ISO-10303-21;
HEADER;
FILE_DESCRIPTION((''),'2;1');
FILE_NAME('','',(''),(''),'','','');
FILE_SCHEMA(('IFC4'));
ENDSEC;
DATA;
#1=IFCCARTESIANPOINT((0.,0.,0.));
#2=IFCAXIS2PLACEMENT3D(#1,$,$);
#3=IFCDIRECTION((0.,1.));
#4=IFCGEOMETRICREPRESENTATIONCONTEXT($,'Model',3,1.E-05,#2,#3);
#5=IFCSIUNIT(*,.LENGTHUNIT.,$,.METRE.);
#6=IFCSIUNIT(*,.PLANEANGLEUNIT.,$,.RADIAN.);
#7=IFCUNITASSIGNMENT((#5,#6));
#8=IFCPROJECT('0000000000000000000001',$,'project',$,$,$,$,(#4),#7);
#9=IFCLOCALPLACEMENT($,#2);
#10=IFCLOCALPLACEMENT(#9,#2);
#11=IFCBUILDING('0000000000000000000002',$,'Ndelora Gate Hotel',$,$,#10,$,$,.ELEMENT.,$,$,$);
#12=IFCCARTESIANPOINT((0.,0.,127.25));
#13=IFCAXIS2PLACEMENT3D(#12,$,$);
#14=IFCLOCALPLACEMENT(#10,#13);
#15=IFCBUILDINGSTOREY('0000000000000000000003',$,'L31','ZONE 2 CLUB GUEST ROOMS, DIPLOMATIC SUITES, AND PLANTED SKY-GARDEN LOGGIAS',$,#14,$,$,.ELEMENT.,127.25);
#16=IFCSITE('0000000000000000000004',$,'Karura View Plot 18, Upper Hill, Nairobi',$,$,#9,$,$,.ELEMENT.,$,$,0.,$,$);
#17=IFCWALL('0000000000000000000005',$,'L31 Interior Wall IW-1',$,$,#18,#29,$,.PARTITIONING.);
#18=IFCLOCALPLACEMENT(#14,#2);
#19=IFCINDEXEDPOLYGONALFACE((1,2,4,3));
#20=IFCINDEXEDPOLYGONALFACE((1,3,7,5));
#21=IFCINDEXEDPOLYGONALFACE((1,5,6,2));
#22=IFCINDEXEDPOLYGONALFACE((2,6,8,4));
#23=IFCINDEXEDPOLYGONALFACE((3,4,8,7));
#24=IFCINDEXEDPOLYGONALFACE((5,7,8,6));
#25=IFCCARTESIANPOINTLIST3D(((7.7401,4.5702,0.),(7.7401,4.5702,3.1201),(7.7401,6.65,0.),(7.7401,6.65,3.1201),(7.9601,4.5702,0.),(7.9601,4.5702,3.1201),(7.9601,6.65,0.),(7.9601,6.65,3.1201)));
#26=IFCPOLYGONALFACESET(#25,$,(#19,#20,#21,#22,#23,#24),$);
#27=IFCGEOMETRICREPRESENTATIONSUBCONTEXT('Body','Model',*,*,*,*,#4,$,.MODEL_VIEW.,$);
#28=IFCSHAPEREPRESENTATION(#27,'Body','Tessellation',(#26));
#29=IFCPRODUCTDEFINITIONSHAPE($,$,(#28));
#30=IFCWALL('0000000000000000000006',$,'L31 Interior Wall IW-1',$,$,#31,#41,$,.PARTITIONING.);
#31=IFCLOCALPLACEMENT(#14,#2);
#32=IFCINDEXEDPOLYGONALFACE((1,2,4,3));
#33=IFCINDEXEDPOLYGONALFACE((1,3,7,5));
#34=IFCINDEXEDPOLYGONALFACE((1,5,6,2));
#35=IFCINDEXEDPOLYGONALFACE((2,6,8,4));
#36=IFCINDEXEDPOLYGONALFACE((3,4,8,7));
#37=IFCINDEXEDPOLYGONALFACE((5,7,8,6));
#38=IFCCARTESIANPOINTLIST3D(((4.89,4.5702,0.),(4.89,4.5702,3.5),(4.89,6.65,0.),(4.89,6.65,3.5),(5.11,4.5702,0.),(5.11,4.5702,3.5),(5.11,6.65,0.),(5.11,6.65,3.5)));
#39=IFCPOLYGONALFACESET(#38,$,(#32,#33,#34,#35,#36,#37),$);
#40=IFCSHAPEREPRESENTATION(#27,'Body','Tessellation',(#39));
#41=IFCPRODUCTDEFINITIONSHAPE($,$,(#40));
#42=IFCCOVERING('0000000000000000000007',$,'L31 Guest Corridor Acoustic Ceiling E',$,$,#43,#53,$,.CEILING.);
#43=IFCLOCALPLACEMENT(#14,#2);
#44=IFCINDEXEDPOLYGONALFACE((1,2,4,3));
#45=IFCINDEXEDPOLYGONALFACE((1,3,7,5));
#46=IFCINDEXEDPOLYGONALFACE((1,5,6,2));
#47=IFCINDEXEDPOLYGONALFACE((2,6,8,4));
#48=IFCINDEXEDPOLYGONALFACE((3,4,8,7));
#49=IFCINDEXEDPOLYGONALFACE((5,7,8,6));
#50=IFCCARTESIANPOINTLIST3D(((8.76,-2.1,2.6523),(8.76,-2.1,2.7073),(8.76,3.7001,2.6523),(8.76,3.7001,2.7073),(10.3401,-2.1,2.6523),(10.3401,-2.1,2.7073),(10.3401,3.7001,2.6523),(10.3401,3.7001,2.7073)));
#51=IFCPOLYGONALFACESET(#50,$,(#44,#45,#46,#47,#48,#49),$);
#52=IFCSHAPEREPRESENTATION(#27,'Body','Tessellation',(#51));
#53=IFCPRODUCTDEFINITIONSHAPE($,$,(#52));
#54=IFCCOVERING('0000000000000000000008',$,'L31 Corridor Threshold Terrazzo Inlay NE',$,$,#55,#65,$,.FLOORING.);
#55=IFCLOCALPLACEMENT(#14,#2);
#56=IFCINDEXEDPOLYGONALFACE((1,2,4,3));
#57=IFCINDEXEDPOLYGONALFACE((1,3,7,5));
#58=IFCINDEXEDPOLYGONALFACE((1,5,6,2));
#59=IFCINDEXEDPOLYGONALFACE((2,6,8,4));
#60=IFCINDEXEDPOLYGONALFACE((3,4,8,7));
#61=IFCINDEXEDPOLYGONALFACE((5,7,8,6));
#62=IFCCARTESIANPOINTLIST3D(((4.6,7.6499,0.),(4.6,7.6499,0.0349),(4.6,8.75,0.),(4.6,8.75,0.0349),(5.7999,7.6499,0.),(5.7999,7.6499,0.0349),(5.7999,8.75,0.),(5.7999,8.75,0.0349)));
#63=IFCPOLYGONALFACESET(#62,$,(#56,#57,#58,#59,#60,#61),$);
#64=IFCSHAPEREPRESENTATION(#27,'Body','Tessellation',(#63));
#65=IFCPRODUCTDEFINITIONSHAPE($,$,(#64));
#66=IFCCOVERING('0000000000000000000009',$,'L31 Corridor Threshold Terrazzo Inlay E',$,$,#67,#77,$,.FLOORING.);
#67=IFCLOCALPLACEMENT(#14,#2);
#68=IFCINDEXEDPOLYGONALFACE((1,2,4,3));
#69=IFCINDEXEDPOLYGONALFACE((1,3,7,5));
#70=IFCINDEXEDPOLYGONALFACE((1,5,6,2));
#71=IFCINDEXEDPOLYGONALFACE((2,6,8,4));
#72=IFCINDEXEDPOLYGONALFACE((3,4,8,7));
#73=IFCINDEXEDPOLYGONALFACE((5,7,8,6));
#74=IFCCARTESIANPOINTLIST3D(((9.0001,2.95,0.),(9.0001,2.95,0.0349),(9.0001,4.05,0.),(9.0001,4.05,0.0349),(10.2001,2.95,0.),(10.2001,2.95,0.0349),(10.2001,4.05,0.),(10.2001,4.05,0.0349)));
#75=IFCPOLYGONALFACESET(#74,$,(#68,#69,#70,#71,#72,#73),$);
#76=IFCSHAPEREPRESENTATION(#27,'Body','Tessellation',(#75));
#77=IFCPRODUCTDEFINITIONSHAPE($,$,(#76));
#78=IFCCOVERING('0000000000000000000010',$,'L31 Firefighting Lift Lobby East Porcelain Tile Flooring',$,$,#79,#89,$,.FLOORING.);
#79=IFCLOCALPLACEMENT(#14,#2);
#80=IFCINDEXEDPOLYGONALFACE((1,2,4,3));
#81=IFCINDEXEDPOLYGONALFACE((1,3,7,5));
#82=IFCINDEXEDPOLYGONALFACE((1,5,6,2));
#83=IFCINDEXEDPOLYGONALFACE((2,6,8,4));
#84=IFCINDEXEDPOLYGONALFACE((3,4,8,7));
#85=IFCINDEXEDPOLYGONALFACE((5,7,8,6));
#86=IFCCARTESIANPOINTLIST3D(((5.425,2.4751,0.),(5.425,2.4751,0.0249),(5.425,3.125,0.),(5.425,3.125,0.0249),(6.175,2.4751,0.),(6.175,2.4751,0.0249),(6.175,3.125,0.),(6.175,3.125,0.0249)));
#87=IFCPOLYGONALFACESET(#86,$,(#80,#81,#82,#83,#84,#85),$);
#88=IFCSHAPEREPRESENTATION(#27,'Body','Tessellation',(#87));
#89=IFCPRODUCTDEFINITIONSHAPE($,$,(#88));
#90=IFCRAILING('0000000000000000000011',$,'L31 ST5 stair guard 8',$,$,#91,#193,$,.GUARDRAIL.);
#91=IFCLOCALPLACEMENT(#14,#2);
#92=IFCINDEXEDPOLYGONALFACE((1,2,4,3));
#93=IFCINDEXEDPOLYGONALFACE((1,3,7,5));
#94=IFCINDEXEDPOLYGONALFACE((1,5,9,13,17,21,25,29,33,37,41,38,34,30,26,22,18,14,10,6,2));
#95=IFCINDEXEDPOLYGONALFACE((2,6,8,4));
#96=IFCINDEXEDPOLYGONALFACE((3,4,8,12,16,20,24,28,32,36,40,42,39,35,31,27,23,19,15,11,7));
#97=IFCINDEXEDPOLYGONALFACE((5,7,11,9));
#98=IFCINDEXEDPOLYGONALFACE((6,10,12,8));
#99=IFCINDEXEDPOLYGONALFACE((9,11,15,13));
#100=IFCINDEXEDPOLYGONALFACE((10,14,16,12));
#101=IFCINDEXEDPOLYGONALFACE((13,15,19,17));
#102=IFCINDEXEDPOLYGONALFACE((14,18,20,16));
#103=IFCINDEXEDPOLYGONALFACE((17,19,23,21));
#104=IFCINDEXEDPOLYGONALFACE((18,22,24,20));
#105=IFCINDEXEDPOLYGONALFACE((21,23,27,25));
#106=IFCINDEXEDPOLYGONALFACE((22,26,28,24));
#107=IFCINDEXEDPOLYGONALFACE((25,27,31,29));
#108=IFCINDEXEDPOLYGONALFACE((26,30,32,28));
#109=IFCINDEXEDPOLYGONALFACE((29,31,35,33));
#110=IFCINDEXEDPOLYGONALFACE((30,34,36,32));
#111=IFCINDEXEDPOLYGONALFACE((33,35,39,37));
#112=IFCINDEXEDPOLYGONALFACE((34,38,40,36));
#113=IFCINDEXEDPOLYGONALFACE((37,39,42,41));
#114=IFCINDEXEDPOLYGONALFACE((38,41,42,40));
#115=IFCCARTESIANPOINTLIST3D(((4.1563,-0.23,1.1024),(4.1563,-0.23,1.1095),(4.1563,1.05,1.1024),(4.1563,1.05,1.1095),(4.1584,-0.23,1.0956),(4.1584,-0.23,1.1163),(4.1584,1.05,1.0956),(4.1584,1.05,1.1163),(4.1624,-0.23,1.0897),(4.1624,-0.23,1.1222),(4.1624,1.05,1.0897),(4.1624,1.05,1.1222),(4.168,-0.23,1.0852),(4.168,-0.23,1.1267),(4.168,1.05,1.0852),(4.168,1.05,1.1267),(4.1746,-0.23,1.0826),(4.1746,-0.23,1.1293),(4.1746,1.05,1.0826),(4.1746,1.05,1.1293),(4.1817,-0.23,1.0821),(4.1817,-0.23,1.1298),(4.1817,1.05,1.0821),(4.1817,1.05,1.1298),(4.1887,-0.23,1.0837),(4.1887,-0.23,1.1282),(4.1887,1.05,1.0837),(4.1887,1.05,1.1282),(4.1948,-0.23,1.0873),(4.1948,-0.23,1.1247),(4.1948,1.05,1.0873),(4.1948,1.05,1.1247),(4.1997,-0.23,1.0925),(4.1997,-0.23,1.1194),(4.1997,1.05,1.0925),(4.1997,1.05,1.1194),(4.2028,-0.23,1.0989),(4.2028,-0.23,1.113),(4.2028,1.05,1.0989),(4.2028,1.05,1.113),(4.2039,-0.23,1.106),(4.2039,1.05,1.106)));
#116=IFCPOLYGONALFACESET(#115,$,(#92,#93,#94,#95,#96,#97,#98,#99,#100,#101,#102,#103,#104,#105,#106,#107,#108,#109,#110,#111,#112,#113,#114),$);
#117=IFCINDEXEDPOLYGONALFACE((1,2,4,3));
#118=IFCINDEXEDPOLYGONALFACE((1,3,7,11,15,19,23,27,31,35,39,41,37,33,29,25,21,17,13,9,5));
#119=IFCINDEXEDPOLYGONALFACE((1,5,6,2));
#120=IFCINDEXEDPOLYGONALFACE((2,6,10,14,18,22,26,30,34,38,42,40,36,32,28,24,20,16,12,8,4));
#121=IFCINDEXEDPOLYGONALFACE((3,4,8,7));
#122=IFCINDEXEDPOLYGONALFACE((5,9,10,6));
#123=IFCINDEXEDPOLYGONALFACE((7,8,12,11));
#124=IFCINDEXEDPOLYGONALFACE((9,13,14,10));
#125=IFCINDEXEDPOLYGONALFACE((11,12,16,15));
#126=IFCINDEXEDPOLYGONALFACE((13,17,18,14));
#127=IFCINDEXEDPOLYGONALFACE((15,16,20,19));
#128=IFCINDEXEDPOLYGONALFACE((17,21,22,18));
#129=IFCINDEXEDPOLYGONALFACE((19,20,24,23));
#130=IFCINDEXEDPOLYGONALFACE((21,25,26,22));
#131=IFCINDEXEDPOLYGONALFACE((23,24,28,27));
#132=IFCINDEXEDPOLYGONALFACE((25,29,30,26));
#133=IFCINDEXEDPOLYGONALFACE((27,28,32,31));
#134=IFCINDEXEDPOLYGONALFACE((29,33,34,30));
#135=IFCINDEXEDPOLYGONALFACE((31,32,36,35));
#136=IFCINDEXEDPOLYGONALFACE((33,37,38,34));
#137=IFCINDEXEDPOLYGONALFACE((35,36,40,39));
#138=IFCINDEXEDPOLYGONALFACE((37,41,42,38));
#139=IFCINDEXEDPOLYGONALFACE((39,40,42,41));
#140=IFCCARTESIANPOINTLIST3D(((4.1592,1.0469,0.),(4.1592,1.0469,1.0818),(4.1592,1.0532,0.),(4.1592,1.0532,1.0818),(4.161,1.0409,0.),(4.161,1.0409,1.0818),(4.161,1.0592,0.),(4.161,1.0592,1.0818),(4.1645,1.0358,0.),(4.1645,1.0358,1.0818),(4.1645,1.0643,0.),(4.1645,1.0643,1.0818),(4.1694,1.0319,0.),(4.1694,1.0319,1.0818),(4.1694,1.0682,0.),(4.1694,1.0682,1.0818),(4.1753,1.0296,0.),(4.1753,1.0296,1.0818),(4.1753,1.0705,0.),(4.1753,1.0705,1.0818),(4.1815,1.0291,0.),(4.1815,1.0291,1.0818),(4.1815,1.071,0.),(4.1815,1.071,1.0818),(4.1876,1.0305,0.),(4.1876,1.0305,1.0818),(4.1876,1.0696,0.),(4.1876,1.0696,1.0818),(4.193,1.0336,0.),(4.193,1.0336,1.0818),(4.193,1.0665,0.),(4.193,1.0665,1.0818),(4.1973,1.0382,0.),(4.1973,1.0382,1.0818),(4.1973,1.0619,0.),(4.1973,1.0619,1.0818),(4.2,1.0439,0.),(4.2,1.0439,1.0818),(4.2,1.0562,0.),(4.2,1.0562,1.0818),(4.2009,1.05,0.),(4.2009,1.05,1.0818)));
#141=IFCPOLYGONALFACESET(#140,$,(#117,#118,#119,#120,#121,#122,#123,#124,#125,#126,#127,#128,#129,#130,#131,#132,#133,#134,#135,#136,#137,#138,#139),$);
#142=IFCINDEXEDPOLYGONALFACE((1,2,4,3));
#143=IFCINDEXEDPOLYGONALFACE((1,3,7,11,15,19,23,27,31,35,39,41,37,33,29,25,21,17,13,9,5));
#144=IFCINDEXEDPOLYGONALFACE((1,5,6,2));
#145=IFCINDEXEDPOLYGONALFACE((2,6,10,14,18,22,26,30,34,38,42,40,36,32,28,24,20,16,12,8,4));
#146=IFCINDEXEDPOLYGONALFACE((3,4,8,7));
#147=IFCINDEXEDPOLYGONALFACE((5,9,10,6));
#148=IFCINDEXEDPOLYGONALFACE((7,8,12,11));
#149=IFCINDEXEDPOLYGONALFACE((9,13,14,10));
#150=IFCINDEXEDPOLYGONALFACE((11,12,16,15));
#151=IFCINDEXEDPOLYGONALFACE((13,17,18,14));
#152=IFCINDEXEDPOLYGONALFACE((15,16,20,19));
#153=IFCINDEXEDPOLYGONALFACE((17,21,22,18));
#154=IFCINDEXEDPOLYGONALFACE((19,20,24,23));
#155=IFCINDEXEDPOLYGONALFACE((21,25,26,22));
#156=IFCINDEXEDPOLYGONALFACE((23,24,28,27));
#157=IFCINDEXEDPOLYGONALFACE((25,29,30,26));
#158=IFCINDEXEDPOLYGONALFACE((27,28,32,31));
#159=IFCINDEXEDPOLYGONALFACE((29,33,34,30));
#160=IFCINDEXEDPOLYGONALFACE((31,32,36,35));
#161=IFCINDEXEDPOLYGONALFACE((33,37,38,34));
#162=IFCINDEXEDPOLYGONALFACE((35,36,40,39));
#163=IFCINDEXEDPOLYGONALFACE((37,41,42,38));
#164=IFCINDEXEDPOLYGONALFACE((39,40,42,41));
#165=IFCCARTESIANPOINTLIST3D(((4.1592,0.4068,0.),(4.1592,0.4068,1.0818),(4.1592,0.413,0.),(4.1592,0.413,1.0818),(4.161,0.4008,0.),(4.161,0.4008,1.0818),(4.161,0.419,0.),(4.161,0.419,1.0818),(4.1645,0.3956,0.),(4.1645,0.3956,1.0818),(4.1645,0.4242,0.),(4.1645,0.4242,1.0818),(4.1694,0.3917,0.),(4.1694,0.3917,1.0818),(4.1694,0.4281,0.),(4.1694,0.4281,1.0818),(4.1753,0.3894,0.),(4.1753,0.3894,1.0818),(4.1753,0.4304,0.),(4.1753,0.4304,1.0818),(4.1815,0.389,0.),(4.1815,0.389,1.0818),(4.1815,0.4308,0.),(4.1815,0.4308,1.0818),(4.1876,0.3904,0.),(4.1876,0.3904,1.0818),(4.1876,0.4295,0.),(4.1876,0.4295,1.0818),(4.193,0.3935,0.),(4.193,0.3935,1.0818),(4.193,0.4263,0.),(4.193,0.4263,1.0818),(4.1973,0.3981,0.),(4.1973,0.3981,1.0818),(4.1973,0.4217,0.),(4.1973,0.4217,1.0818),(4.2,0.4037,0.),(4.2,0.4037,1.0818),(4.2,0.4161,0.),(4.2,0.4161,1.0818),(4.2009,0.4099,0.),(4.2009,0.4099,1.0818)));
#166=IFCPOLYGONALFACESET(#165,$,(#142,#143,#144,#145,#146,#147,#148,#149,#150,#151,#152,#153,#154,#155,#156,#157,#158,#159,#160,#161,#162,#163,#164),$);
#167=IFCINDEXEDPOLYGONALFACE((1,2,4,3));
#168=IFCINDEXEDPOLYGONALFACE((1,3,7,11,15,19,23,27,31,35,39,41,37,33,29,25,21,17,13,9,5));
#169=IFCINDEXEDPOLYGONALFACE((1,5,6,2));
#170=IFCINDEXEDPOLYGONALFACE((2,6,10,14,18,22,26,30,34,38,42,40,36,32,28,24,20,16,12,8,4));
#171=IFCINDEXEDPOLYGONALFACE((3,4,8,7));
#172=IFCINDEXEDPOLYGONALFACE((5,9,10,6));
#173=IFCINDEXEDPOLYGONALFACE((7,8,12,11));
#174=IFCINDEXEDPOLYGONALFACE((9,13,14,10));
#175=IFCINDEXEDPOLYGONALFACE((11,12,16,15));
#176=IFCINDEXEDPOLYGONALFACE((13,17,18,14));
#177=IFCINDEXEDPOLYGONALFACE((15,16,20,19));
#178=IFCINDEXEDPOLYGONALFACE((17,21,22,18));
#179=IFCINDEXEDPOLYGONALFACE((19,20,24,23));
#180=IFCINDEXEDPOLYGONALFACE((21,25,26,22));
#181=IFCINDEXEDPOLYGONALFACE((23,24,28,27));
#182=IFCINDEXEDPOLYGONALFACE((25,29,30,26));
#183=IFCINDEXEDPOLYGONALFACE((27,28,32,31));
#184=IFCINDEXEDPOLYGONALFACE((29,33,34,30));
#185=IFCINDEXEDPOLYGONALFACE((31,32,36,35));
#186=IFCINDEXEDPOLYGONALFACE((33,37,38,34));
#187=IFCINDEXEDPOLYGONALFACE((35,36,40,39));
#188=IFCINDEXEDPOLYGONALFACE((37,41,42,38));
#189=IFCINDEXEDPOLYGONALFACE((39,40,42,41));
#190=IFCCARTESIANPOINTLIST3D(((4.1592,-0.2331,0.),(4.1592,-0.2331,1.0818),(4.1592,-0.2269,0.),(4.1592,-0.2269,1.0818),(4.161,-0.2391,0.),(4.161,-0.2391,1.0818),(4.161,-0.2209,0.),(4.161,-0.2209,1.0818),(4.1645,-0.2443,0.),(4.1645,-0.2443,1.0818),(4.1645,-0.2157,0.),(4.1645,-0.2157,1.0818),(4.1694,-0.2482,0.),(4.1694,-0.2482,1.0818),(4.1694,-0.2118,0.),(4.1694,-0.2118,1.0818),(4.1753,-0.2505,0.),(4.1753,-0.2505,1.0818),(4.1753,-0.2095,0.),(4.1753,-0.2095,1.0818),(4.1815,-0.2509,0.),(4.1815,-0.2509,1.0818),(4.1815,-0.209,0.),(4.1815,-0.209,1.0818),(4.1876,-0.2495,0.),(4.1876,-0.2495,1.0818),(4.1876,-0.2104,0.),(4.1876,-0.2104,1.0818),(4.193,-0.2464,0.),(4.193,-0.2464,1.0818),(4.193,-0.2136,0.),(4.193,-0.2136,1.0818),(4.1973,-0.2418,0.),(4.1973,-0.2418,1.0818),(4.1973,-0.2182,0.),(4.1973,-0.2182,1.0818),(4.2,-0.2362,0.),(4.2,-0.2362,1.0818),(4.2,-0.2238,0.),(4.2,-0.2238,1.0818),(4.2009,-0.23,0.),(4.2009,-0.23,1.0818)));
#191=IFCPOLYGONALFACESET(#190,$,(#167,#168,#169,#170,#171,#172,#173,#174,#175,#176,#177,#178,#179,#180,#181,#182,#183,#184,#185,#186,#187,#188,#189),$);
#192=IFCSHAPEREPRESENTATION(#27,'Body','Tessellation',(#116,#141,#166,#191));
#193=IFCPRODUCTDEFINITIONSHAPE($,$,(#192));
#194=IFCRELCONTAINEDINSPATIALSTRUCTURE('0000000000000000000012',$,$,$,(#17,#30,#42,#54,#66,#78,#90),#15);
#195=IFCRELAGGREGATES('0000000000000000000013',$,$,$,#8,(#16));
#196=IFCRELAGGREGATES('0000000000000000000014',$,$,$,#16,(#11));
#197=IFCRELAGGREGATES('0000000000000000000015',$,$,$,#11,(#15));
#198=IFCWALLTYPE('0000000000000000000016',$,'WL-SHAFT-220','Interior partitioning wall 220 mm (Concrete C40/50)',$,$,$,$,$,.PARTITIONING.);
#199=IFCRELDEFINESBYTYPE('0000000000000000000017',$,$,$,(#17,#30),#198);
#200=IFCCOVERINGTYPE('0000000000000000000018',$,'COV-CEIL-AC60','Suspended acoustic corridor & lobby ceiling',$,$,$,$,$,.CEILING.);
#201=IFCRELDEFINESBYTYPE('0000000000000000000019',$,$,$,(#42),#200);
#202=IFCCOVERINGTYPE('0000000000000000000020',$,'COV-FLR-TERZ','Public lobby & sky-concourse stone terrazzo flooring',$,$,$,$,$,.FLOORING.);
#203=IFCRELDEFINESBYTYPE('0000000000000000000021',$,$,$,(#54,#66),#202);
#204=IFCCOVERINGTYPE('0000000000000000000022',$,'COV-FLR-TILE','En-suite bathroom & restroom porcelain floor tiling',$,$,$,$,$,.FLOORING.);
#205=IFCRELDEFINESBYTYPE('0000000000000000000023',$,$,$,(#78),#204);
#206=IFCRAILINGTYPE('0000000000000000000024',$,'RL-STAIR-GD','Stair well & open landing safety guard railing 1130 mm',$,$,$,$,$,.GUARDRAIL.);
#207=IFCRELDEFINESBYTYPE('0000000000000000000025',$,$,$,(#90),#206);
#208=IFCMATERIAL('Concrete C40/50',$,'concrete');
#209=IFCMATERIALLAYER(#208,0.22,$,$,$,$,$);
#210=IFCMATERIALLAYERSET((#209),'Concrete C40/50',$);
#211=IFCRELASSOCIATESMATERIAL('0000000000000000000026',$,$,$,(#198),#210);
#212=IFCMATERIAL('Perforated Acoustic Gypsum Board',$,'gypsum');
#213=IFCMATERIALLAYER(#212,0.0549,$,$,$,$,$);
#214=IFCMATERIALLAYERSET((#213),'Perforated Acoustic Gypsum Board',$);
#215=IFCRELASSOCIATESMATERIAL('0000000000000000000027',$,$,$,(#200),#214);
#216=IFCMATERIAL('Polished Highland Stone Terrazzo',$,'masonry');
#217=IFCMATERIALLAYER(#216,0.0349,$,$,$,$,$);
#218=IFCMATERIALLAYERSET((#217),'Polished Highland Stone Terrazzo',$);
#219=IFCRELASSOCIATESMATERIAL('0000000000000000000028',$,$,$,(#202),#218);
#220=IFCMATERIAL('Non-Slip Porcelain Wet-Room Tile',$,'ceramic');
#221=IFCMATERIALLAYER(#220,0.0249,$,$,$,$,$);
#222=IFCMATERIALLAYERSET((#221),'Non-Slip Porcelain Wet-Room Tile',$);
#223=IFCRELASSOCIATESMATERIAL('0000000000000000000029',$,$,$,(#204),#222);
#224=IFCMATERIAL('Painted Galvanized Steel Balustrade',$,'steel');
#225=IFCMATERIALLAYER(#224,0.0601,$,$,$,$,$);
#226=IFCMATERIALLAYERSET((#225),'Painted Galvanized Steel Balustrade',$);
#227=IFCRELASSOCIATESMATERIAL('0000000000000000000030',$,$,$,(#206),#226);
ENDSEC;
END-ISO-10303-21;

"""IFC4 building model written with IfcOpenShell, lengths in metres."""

from ifc_helpers import new_model, si_unit, direction, frame, frame_2d, origin, origin_2d, place, context, subcontext, project, spatial, rectangle, circle, extrude, material, layer, layer_set, type_object, element, save


model = new_model("IFC4")

# Units and contexts
model_context = context("Model", 3, precision=1e-05, world=origin(), true_north=direction((0.0, 1.0)))
body_context = subcontext(model_context, "Body", "Model", "MODEL_VIEW")
ifc_project = project(units=[si_unit("LENGTHUNIT", "METRE"), si_unit("PLANEANGLEUNIT", "RADIAN")], contexts=[model_context])

# Site, building, storey
site_placement = place(None, origin())
site = spatial("IfcSite", under=ifc_project, at=site_placement, Name="Karura View Plot 18, Upper Hill, Nairobi", CompositionType="ELEMENT", RefElevation=0.0)
building_placement = place(site_placement, origin())
building = spatial("IfcBuilding", under=site, at=building_placement, Name="Ndelora Gate Hotel", CompositionType="ELEMENT")
storey_placement = place(building_placement, frame((0.0, 0.0, 127.25)))
storey = spatial("IfcBuildingStorey", under=building, at=storey_placement, Name="L31", Description="ZONE 2 CLUB GUEST ROOMS, DIPLOMATIC SUITES, AND PLANTED SKY-GARDEN LOGGIAS", CompositionType="ELEMENT", Elevation=127.25)

# Shared definitions
ifc_material_1 = material(Name="Concrete C40/50", Category="concrete")

# Shared definitions
ifc_layer_1 = layer(ifc_material_1, 0.22)
ifc_layer_set_1 = layer_set([ifc_layer_1], Name="Concrete C40/50")
wall_type_1 = type_object("IfcWallType", Name="WL-SHAFT-220", Description="Interior partitioning wall 220 mm (Concrete C40/50)", PredefinedType="PARTITIONING", material=ifc_layer_set_1)

# Walls
wall_1_placement = place(storey_placement, frame((7.8501, 4.5701, 0.0), z_axis=(0.0, 0.0, 1.0), x_axis=(0.0, 1.0, 0.0)))
element("IfcWall", 1, at=wall_1_placement, inside=storey, type_object=wall_type_1, Name="L31 Interior Wall IW-1", PredefinedType="PARTITIONING", context=body_context, shape_type="SweptSolid", body=[
    extrude(rectangle(XDim=2.0798, YDim=0.22, at=frame_2d((1.04, 0.0))), origin(), (0.0, 0.0, 1.0), 3.1201),
])
wall_2_placement = place(storey_placement, frame((5.0, 4.5701, 0.0), z_axis=(0.0, 0.0, 1.0), x_axis=(0.0, 1.0, 0.0)))
element("IfcWall", 2, at=wall_2_placement, inside=storey, type_object=wall_type_1, Name="L31 Interior Wall IW-1", PredefinedType="PARTITIONING", context=body_context, shape_type="SweptSolid", body=[
    extrude(rectangle(XDim=2.0798, YDim=0.22, at=frame_2d((1.04, 0.0))), origin(), (0.0, 0.0, 1.0), 3.5),
])

# Coverings
ifc_material_2 = material(Name="Perforated Acoustic Gypsum Board", Category="gypsum")
ifc_layer_2 = layer(ifc_material_2, 0.0549)
ifc_layer_set_2 = layer_set([ifc_layer_2], Name="Perforated Acoustic Gypsum Board")
covering_type_1 = type_object("IfcCoveringType", Name="COV-CEIL-AC60", Description="Suspended acoustic corridor & lobby ceiling", PredefinedType="CEILING", material=ifc_layer_set_2)
covering_1_placement = place(storey_placement, frame((9.55, 0.8, 2.6523), z_axis=(0.0, 0.0, 1.0), x_axis=(1.0, 0.0, 0.0)))
element("IfcCovering", 3, at=covering_1_placement, inside=storey, type_object=covering_type_1, Name="L31 Guest Corridor Acoustic Ceiling E", PredefinedType="CEILING", context=body_context, shape_type="SweptSolid", body=[
    extrude(rectangle(XDim=1.5801, YDim=5.8, at=origin_2d()), origin(), (0.0, 0.0, 1.0), 0.0549),
])
ifc_material_3 = material(Name="Polished Highland Stone Terrazzo", Category="masonry")
ifc_layer_3 = layer(ifc_material_3, 0.0349)
ifc_layer_set_3 = layer_set([ifc_layer_3], Name="Polished Highland Stone Terrazzo")
covering_type_2 = type_object("IfcCoveringType", Name="COV-FLR-TERZ", Description="Public lobby & sky-concourse stone terrazzo flooring", PredefinedType="FLOORING", material=ifc_layer_set_3)
for number, where, z_axis, x_axis, name in (
    (4, (5.2, 8.2, 0.0), (0.0, 0.0, 1.0), (1.0, 0.0, 0.0), "L31 Corridor Threshold Terrazzo Inlay NE"),
    (5, (9.6001, 3.5, 0.0), (0.0, 0.0, 1.0), (1.0, 0.0, 0.0), "L31 Corridor Threshold Terrazzo Inlay E"),
):
    element("IfcCovering", number, at=place(storey_placement, frame(where, z_axis=z_axis, x_axis=x_axis)), inside=storey, type_object=covering_type_2, Name=name, PredefinedType="FLOORING", context=body_context, shape_type="SweptSolid", body=[
        extrude(rectangle(XDim=1.2, YDim=1.1001, at=origin_2d()), origin(), (0.0, 0.0, 1.0), 0.0349),
    ])
ifc_material_4 = material(Name="Non-Slip Porcelain Wet-Room Tile", Category="ceramic")
ifc_layer_4 = layer(ifc_material_4, 0.0249)
ifc_layer_set_4 = layer_set([ifc_layer_4], Name="Non-Slip Porcelain Wet-Room Tile")
covering_type_3 = type_object("IfcCoveringType", Name="COV-FLR-TILE", Description="En-suite bathroom & restroom porcelain floor tiling", PredefinedType="FLOORING", material=ifc_layer_set_4)
covering_2_placement = place(storey_placement, frame((5.8, 2.8, 0.0), z_axis=(0.0, 0.0, 1.0), x_axis=(1.0, 0.0, 0.0)))
element("IfcCovering", 6, at=covering_2_placement, inside=storey, type_object=covering_type_3, Name="L31 Firefighting Lift Lobby East Porcelain Tile Flooring", PredefinedType="FLOORING", context=body_context, shape_type="SweptSolid", body=[
    extrude(rectangle(XDim=0.75, YDim=0.6499, at=origin_2d()), origin(), (0.0, 0.0, 1.0), 0.0249),
])

# Railing
ifc_material_5 = material(Name="Painted Galvanized Steel Balustrade", Category="steel")
ifc_layer_5 = layer(ifc_material_5, 0.0601)
ifc_layer_set_5 = layer_set([ifc_layer_5], Name="Painted Galvanized Steel Balustrade")
railing_type = type_object("IfcRailingType", Name="RL-STAIR-GD", Description="Stair well & open landing safety guard railing 1130 mm", PredefinedType="GUARDRAIL", material=ifc_layer_set_5)
for number, where, name in (
    (7, (4.1799, 1.05, 0.0), "L31 ST5 stair guard 8"),
):
    element("IfcRailing", number, at=place(storey_placement, frame(where)), inside=storey, type_object=railing_type, Name=name, PredefinedType="GUARDRAIL", context=body_context, shape_type="SweptSolid", body=[
        extrude(circle(Radius=0.0239, at=origin_2d()), frame((0.0, 0.0, 1.106), z_axis=(0.0, -1.0, 0.0), x_axis=(1.0, 0.0, 0.0)), (0.0, 0.0, 1.0), 1.28),
        extrude(circle(Radius=0.021, at=origin_2d()), origin(), (0.0, 0.0, 1.0), 1.0818),
        extrude(circle(Radius=0.021, at=origin_2d()), frame((0.0, -0.6401, 0.0)), (0.0, 0.0, 1.0), 1.0818),
        extrude(circle(Radius=0.021, at=origin_2d()), frame((0.0, -1.28, 0.0)), (0.0, 0.0, 1.0), 1.0818),
    ])

save(model, "model.ifc")
